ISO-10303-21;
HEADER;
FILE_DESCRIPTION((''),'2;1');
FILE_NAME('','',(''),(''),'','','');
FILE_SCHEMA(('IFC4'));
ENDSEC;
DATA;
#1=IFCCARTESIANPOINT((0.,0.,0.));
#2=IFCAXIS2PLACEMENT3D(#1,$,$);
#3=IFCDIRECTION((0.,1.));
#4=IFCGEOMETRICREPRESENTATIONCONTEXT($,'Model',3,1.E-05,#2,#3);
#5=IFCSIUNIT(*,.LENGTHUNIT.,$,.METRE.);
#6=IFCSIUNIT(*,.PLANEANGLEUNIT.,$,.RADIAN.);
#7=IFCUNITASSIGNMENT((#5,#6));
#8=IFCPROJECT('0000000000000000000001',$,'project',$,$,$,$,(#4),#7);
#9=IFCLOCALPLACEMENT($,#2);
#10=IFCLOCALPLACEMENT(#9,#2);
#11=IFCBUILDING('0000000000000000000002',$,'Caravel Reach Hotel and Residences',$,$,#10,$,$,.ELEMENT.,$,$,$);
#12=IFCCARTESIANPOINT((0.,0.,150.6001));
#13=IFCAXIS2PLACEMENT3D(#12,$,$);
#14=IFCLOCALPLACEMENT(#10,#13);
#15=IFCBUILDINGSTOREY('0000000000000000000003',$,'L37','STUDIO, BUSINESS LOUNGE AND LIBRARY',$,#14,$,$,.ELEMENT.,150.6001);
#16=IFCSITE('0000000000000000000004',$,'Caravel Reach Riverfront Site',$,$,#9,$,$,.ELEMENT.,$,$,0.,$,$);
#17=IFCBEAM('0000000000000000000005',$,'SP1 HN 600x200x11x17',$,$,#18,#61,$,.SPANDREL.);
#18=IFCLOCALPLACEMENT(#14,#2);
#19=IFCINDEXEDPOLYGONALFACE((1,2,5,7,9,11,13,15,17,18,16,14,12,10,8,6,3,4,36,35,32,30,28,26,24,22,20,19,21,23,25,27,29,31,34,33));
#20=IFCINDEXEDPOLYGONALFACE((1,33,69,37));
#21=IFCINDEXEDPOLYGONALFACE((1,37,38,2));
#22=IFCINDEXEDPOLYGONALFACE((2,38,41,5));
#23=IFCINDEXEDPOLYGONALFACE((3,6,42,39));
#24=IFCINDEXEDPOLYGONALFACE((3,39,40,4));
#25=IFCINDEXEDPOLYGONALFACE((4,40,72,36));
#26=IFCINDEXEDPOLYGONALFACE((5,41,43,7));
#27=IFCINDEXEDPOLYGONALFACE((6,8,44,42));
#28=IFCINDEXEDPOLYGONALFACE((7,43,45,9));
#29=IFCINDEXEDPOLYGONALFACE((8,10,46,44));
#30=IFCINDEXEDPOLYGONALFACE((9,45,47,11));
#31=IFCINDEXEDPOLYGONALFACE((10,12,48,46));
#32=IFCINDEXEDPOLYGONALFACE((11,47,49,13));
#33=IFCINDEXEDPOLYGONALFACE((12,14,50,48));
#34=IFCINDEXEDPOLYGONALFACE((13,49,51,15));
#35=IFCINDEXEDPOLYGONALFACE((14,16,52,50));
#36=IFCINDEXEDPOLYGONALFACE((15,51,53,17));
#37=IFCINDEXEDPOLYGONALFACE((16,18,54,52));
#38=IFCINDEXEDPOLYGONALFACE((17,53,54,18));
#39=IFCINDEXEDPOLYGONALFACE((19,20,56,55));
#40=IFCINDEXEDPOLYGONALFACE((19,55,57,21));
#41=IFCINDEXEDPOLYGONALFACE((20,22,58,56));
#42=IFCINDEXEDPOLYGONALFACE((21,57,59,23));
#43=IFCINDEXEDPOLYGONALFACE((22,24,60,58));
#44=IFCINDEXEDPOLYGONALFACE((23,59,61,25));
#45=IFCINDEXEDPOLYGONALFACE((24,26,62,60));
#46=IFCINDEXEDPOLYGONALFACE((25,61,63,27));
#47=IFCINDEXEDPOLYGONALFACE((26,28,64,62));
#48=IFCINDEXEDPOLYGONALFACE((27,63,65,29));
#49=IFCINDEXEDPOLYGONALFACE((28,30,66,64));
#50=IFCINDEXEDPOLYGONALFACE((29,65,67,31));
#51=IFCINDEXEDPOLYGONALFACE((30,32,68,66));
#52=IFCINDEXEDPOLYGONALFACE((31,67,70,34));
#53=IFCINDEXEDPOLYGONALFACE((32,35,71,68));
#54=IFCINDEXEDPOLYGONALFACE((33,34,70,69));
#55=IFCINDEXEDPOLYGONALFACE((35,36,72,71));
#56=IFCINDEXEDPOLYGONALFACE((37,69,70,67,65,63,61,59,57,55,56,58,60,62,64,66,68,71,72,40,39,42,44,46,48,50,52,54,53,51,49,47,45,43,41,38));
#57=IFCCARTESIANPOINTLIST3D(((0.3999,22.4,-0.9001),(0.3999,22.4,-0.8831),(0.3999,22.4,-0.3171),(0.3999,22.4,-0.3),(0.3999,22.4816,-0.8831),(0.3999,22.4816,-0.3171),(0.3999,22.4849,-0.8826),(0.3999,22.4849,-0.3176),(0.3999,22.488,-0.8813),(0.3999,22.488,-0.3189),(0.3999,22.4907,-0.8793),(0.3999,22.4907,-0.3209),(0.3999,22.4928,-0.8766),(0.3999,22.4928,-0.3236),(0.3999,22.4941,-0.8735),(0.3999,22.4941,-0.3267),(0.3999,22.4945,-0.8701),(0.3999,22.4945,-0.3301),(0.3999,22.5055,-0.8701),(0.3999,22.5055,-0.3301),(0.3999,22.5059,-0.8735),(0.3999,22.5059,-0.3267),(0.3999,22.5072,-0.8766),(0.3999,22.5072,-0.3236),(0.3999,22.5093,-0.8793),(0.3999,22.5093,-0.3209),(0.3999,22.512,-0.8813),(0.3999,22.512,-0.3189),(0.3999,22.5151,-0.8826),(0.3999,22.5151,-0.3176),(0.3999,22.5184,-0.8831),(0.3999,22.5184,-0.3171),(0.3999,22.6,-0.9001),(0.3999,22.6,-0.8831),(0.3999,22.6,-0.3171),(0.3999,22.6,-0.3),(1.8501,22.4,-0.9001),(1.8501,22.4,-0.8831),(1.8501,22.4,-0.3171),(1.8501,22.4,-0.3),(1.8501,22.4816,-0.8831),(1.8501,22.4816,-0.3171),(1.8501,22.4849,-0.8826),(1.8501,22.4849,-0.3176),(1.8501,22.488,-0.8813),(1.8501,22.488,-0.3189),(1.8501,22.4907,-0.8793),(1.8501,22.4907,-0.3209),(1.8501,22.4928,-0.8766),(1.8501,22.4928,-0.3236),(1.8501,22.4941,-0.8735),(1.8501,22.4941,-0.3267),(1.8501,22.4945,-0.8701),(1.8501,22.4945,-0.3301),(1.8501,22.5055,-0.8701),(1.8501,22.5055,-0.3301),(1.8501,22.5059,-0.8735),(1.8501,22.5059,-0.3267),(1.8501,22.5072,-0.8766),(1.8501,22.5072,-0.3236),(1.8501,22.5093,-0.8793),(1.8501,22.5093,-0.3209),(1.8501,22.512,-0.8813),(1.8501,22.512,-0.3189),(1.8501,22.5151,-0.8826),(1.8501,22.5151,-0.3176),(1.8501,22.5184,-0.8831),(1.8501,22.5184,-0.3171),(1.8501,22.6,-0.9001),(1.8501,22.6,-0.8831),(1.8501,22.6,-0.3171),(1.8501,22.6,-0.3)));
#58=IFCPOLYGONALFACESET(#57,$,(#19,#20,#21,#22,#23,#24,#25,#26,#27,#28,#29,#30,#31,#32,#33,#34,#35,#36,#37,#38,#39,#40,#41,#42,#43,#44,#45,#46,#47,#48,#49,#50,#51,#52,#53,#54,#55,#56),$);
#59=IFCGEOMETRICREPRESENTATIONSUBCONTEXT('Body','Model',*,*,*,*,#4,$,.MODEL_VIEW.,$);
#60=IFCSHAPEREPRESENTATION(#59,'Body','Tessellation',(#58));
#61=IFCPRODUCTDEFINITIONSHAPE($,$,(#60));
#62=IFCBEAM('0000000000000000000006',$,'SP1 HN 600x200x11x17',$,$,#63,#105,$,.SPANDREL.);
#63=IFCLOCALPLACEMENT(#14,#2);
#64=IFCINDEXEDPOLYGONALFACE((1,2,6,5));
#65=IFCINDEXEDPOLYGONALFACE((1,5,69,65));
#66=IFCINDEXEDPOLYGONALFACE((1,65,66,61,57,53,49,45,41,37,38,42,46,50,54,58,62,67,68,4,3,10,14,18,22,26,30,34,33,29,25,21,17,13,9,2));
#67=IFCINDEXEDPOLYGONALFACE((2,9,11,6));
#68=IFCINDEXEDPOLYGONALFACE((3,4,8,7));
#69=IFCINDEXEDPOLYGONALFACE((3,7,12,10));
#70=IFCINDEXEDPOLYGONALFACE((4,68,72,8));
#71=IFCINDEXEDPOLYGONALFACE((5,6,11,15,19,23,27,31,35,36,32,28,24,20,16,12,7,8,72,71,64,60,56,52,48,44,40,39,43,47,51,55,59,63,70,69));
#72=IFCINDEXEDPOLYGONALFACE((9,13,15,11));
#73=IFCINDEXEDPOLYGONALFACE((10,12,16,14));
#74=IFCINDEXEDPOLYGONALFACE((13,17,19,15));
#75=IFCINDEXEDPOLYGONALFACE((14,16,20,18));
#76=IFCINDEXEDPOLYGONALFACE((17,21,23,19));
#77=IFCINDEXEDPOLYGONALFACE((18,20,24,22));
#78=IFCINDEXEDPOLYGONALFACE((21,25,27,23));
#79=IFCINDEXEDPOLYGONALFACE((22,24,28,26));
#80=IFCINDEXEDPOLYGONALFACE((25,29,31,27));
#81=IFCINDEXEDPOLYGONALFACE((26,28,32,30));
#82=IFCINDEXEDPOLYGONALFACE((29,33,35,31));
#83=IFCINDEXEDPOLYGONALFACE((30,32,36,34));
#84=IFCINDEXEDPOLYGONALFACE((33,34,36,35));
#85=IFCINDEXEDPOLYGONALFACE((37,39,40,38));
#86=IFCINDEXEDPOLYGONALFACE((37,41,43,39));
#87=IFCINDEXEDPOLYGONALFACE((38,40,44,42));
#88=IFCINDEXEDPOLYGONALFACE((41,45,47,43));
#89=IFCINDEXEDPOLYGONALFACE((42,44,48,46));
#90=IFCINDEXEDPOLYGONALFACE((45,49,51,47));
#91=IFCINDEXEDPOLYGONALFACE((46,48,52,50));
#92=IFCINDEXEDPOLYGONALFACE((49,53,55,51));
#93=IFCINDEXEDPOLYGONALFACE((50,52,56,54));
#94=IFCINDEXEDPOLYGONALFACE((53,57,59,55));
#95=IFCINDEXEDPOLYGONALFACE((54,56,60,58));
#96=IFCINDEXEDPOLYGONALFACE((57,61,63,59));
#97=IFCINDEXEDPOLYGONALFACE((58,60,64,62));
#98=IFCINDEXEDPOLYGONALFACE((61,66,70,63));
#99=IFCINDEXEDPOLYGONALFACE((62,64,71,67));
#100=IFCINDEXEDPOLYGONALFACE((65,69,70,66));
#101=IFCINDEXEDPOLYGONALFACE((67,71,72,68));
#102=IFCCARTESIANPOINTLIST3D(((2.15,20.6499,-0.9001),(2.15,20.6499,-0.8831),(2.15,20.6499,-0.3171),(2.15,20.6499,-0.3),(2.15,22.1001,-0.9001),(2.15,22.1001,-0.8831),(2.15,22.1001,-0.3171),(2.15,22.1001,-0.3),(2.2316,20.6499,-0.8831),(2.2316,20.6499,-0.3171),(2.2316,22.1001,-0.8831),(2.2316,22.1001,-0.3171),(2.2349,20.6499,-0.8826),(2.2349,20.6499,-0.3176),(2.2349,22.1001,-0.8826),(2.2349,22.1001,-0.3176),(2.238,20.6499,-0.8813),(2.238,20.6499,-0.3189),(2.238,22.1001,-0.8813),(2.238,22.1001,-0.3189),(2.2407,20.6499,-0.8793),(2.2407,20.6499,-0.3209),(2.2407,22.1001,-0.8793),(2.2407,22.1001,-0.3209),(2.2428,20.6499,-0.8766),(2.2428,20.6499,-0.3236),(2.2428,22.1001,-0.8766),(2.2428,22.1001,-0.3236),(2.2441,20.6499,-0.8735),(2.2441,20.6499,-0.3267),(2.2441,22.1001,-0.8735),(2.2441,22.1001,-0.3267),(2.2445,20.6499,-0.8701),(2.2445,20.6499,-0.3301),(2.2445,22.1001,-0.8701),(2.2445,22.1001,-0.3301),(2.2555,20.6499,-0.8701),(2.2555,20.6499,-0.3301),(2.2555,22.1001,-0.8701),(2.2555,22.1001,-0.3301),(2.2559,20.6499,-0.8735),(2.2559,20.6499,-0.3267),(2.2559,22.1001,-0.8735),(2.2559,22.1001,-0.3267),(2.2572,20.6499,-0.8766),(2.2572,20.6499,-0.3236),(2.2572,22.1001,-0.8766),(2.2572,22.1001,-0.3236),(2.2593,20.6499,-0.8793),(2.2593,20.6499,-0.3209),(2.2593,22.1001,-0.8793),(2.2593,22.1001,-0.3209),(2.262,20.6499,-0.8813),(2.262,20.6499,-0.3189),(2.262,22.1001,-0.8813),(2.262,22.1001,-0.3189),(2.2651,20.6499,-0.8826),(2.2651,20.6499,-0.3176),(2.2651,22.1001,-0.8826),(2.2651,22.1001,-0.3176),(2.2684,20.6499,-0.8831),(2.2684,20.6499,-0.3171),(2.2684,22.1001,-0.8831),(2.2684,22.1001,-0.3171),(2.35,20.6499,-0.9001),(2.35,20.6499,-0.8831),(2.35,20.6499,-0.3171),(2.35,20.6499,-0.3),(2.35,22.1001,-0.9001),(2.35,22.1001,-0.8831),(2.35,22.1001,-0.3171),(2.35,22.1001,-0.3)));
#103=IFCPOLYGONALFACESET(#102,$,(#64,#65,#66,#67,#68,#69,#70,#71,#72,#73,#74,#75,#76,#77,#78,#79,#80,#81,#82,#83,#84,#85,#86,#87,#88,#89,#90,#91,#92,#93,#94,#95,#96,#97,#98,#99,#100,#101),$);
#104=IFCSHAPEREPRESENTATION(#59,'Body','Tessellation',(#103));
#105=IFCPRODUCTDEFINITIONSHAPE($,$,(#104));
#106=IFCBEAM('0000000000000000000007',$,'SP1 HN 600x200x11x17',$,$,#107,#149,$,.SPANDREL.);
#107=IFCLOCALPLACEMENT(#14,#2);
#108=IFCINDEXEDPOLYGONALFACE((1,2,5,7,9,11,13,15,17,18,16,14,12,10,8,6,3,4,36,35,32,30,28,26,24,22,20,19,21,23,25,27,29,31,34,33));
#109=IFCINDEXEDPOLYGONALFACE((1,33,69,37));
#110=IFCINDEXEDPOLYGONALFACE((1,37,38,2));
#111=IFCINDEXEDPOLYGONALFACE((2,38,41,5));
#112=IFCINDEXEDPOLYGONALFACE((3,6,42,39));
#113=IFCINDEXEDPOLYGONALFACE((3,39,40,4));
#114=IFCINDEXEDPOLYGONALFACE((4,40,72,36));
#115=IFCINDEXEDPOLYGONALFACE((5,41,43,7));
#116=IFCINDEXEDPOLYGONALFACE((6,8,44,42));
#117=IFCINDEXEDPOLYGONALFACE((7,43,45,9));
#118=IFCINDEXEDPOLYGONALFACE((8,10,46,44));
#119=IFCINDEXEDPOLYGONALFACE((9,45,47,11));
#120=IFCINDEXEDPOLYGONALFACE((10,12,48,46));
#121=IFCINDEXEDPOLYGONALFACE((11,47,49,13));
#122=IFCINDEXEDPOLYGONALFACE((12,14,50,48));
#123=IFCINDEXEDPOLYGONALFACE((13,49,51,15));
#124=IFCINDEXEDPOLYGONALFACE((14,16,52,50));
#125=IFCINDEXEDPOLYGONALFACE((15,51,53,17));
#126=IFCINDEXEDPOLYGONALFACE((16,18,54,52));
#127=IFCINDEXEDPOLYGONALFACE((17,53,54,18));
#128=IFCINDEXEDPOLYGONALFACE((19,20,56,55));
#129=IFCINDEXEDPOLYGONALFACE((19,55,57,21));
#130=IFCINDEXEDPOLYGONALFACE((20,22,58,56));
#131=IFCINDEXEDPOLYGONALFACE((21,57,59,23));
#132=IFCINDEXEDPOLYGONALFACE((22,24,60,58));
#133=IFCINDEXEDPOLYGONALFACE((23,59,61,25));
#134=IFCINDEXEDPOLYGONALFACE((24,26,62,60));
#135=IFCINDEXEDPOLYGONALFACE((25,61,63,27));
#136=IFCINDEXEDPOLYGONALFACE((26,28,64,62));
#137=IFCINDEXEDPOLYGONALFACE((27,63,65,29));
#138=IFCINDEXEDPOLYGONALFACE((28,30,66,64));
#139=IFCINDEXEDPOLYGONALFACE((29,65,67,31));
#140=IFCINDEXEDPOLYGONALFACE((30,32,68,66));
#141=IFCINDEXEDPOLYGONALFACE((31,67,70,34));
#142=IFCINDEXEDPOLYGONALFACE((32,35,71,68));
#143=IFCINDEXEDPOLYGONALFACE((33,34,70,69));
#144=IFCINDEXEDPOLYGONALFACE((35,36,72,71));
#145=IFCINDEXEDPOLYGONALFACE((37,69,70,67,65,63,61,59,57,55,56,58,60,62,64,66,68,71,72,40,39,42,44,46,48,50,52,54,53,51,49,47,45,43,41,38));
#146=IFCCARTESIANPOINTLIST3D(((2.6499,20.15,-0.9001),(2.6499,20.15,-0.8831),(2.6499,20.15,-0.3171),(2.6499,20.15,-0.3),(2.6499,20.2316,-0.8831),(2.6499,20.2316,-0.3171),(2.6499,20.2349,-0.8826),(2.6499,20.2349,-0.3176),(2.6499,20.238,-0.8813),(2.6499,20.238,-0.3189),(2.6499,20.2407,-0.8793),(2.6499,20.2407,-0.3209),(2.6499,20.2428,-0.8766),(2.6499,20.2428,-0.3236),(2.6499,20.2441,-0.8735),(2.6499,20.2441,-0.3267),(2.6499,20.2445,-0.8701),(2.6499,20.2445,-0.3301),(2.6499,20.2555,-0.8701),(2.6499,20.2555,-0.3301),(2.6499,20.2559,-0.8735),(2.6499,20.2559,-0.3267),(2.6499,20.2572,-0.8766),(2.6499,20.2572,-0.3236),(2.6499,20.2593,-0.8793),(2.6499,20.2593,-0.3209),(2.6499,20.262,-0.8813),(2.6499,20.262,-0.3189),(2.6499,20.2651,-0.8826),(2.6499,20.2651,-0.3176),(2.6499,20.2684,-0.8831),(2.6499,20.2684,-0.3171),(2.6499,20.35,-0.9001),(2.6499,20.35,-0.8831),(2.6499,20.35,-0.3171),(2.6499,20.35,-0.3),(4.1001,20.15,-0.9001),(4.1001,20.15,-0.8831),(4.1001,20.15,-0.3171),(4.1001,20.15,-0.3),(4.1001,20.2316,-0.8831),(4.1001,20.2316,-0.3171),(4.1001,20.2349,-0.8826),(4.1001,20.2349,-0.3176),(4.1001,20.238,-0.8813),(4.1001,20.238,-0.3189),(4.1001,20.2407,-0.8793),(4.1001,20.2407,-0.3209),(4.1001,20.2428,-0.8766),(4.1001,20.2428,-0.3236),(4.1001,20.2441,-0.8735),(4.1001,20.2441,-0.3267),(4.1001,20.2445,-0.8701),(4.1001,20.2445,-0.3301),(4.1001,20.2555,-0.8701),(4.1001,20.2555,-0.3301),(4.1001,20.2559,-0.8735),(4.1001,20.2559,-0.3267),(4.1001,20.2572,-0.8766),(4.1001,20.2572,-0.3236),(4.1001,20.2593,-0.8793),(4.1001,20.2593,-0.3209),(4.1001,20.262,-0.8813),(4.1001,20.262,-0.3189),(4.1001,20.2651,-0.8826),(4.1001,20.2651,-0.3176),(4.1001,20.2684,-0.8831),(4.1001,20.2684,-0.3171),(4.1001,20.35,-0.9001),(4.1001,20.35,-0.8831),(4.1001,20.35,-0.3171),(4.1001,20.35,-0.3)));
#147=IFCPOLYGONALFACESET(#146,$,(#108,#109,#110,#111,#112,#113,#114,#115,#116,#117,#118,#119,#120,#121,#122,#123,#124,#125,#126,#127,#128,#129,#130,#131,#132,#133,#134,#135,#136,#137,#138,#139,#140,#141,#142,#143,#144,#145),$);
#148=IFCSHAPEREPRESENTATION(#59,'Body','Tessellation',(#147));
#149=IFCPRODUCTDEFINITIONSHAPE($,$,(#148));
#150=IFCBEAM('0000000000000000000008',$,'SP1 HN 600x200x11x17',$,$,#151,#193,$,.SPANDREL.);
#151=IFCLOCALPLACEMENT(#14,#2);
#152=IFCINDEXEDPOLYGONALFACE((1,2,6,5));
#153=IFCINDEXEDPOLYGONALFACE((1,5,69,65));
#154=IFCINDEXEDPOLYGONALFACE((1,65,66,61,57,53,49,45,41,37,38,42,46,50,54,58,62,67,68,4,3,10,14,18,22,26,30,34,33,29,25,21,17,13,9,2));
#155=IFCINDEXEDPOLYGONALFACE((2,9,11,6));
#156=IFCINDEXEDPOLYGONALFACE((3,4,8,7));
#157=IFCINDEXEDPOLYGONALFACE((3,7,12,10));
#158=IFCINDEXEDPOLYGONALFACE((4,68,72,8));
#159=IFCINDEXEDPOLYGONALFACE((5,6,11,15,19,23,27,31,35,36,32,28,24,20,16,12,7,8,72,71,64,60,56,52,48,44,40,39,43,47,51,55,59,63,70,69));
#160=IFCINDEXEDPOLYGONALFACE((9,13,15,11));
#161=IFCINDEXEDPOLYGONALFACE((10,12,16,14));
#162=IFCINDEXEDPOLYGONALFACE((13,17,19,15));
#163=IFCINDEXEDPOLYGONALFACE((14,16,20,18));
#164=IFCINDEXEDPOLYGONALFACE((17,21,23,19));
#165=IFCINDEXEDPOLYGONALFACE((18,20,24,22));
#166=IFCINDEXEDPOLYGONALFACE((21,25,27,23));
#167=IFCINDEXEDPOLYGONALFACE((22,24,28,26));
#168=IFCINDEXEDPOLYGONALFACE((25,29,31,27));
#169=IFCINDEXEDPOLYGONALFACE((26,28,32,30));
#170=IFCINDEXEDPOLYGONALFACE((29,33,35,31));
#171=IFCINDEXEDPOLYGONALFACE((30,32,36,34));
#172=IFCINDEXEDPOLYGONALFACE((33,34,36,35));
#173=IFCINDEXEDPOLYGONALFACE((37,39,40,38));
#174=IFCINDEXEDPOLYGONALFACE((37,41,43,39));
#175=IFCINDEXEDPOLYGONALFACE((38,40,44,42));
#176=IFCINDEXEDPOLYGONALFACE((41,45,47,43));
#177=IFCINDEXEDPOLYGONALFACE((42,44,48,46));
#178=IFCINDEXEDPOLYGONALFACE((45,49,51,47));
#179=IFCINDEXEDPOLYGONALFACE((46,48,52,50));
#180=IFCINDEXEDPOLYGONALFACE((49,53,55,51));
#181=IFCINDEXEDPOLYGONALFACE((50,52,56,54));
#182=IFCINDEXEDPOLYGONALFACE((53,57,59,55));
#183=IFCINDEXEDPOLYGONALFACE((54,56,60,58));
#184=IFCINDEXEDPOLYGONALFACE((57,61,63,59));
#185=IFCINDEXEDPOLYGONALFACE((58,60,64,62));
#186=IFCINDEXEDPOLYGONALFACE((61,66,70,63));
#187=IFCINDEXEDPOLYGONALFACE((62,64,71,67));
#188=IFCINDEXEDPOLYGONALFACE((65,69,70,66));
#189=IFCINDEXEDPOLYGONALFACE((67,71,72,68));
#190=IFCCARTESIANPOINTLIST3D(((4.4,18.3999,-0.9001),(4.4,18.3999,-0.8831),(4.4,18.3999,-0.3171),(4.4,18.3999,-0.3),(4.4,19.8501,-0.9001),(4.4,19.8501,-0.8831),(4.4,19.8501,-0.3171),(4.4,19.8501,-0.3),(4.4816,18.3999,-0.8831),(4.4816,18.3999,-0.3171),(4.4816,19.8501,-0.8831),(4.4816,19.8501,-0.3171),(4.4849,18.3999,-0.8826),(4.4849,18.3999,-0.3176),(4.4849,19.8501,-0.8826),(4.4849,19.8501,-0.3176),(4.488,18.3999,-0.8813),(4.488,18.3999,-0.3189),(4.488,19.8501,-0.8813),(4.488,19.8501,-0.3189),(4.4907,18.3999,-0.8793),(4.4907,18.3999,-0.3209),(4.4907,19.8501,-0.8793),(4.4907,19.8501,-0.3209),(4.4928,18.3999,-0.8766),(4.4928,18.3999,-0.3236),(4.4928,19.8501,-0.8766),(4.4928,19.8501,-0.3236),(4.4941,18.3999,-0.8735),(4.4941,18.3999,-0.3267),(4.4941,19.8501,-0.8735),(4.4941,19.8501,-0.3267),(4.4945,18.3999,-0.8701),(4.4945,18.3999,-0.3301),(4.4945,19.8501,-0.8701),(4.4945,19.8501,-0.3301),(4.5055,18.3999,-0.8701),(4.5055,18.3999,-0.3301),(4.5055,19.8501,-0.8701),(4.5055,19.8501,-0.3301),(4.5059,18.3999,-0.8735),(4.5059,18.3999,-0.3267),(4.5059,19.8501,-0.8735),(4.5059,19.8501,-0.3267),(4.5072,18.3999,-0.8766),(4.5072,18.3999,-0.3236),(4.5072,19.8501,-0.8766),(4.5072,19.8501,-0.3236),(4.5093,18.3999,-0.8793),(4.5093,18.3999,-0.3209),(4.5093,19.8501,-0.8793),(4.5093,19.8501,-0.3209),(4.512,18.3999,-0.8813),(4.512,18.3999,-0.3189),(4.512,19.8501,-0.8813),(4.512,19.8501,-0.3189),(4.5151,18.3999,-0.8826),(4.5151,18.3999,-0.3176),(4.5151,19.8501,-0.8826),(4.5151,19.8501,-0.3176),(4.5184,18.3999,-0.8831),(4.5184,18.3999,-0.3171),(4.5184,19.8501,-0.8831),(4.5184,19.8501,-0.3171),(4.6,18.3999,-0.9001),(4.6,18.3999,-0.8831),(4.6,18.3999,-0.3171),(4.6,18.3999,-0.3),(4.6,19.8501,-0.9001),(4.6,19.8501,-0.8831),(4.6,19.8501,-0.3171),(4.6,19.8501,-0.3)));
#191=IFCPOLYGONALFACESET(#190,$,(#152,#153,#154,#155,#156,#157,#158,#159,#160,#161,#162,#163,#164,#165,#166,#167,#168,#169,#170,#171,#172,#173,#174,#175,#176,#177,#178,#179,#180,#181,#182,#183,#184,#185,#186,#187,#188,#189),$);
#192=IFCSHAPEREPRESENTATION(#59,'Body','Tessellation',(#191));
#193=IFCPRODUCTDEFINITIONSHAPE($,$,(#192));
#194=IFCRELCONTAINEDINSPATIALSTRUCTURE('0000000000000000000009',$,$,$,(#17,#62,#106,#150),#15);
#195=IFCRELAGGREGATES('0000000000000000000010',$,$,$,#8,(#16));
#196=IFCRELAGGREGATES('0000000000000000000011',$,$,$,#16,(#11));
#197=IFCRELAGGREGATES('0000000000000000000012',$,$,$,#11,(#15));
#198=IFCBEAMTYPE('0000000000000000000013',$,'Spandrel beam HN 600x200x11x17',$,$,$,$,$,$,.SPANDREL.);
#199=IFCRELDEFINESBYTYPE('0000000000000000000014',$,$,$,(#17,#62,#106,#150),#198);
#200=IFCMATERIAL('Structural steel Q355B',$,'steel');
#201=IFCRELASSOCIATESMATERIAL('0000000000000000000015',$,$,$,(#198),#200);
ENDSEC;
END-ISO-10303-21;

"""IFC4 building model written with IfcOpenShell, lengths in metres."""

from ifc_helpers import new_model, si_unit, direction, frame, origin, origin_2d, place, context, subcontext, project, spatial, i_section, extrude, material, material_profile, profile_set, type_object, element, save


model = new_model("IFC4")

# Units and contexts
model_context = context("Model", 3, precision=1e-05, world=origin(), true_north=direction((0.0, 1.0)))
body_context = subcontext(model_context, "Body", "Model", "MODEL_VIEW")
ifc_project = project(units=[si_unit("LENGTHUNIT", "METRE"), si_unit("PLANEANGLEUNIT", "RADIAN")], contexts=[model_context])

# Site, building, storey
site_placement = place(None, origin())
site = spatial("IfcSite", under=ifc_project, at=site_placement, Name="Caravel Reach Riverfront Site", CompositionType="ELEMENT", RefElevation=0.0)
building_placement = place(site_placement, origin())
building = spatial("IfcBuilding", under=site, at=building_placement, Name="Caravel Reach Hotel and Residences", CompositionType="ELEMENT")
storey_placement = place(building_placement, frame((0.0, 0.0, 150.6001)))
storey = spatial("IfcBuildingStorey", under=building, at=storey_placement, Name="L37", Description="STUDIO, BUSINESS LOUNGE AND LIBRARY", CompositionType="ELEMENT", Elevation=150.6001)

# Beams
ifc_material_1 = material(Name="Structural steel Q355B", Category="steel")
ifc_material_profile_1 = material_profile(ifc_material_1, i_section(OverallWidth=0.2, OverallDepth=0.6001, WebThickness=0.011, FlangeThickness=0.0171, FilletRadius=0.0129, at=origin_2d()), Name="HN 600x200x11x17")
ifc_profile_set_1 = profile_set([ifc_material_profile_1], Name="Structural steel Q355B")
beam_type_1 = type_object("IfcBeamType", Name="Spandrel beam HN 600x200x11x17", PredefinedType="SPANDREL", material=ifc_profile_set_1)
for number, where, z_axis, x_axis, name in (
    (1, (0.3999, 22.5, -0.6001), (1.0, 0.0, 0.0), (0.0, 1.0, 0.0), "SP1 HN 600x200x11x17"),
    (2, (2.25, 22.1001, -0.6001), (0.0, -1.0, 0.0), (1.0, 0.0, 0.0), "SP1 HN 600x200x11x17"),
    (3, (2.6499, 20.25, -0.6001), (1.0, 0.0, 0.0), (0.0, 1.0, 0.0), "SP1 HN 600x200x11x17"),
    (4, (4.5, 19.8501, -0.6001), (0.0, -1.0, 0.0), (1.0, 0.0, 0.0), "SP1 HN 600x200x11x17"),
):
    element("IfcBeam", number, at=place(storey_placement, frame(where, z_axis=z_axis, x_axis=x_axis)), inside=storey, type_object=beam_type_1, Name=name, PredefinedType="SPANDREL", context=body_context, shape_type="SweptSolid", body=[
        extrude(i_section(OverallWidth=0.2, OverallDepth=0.6001, WebThickness=0.011, FlangeThickness=0.0171, FilletRadius=0.0129, at=origin_2d()), origin(), (0.0, 0.0, 1.0), 1.4502),
    ])

save(model, "model.ifc")
